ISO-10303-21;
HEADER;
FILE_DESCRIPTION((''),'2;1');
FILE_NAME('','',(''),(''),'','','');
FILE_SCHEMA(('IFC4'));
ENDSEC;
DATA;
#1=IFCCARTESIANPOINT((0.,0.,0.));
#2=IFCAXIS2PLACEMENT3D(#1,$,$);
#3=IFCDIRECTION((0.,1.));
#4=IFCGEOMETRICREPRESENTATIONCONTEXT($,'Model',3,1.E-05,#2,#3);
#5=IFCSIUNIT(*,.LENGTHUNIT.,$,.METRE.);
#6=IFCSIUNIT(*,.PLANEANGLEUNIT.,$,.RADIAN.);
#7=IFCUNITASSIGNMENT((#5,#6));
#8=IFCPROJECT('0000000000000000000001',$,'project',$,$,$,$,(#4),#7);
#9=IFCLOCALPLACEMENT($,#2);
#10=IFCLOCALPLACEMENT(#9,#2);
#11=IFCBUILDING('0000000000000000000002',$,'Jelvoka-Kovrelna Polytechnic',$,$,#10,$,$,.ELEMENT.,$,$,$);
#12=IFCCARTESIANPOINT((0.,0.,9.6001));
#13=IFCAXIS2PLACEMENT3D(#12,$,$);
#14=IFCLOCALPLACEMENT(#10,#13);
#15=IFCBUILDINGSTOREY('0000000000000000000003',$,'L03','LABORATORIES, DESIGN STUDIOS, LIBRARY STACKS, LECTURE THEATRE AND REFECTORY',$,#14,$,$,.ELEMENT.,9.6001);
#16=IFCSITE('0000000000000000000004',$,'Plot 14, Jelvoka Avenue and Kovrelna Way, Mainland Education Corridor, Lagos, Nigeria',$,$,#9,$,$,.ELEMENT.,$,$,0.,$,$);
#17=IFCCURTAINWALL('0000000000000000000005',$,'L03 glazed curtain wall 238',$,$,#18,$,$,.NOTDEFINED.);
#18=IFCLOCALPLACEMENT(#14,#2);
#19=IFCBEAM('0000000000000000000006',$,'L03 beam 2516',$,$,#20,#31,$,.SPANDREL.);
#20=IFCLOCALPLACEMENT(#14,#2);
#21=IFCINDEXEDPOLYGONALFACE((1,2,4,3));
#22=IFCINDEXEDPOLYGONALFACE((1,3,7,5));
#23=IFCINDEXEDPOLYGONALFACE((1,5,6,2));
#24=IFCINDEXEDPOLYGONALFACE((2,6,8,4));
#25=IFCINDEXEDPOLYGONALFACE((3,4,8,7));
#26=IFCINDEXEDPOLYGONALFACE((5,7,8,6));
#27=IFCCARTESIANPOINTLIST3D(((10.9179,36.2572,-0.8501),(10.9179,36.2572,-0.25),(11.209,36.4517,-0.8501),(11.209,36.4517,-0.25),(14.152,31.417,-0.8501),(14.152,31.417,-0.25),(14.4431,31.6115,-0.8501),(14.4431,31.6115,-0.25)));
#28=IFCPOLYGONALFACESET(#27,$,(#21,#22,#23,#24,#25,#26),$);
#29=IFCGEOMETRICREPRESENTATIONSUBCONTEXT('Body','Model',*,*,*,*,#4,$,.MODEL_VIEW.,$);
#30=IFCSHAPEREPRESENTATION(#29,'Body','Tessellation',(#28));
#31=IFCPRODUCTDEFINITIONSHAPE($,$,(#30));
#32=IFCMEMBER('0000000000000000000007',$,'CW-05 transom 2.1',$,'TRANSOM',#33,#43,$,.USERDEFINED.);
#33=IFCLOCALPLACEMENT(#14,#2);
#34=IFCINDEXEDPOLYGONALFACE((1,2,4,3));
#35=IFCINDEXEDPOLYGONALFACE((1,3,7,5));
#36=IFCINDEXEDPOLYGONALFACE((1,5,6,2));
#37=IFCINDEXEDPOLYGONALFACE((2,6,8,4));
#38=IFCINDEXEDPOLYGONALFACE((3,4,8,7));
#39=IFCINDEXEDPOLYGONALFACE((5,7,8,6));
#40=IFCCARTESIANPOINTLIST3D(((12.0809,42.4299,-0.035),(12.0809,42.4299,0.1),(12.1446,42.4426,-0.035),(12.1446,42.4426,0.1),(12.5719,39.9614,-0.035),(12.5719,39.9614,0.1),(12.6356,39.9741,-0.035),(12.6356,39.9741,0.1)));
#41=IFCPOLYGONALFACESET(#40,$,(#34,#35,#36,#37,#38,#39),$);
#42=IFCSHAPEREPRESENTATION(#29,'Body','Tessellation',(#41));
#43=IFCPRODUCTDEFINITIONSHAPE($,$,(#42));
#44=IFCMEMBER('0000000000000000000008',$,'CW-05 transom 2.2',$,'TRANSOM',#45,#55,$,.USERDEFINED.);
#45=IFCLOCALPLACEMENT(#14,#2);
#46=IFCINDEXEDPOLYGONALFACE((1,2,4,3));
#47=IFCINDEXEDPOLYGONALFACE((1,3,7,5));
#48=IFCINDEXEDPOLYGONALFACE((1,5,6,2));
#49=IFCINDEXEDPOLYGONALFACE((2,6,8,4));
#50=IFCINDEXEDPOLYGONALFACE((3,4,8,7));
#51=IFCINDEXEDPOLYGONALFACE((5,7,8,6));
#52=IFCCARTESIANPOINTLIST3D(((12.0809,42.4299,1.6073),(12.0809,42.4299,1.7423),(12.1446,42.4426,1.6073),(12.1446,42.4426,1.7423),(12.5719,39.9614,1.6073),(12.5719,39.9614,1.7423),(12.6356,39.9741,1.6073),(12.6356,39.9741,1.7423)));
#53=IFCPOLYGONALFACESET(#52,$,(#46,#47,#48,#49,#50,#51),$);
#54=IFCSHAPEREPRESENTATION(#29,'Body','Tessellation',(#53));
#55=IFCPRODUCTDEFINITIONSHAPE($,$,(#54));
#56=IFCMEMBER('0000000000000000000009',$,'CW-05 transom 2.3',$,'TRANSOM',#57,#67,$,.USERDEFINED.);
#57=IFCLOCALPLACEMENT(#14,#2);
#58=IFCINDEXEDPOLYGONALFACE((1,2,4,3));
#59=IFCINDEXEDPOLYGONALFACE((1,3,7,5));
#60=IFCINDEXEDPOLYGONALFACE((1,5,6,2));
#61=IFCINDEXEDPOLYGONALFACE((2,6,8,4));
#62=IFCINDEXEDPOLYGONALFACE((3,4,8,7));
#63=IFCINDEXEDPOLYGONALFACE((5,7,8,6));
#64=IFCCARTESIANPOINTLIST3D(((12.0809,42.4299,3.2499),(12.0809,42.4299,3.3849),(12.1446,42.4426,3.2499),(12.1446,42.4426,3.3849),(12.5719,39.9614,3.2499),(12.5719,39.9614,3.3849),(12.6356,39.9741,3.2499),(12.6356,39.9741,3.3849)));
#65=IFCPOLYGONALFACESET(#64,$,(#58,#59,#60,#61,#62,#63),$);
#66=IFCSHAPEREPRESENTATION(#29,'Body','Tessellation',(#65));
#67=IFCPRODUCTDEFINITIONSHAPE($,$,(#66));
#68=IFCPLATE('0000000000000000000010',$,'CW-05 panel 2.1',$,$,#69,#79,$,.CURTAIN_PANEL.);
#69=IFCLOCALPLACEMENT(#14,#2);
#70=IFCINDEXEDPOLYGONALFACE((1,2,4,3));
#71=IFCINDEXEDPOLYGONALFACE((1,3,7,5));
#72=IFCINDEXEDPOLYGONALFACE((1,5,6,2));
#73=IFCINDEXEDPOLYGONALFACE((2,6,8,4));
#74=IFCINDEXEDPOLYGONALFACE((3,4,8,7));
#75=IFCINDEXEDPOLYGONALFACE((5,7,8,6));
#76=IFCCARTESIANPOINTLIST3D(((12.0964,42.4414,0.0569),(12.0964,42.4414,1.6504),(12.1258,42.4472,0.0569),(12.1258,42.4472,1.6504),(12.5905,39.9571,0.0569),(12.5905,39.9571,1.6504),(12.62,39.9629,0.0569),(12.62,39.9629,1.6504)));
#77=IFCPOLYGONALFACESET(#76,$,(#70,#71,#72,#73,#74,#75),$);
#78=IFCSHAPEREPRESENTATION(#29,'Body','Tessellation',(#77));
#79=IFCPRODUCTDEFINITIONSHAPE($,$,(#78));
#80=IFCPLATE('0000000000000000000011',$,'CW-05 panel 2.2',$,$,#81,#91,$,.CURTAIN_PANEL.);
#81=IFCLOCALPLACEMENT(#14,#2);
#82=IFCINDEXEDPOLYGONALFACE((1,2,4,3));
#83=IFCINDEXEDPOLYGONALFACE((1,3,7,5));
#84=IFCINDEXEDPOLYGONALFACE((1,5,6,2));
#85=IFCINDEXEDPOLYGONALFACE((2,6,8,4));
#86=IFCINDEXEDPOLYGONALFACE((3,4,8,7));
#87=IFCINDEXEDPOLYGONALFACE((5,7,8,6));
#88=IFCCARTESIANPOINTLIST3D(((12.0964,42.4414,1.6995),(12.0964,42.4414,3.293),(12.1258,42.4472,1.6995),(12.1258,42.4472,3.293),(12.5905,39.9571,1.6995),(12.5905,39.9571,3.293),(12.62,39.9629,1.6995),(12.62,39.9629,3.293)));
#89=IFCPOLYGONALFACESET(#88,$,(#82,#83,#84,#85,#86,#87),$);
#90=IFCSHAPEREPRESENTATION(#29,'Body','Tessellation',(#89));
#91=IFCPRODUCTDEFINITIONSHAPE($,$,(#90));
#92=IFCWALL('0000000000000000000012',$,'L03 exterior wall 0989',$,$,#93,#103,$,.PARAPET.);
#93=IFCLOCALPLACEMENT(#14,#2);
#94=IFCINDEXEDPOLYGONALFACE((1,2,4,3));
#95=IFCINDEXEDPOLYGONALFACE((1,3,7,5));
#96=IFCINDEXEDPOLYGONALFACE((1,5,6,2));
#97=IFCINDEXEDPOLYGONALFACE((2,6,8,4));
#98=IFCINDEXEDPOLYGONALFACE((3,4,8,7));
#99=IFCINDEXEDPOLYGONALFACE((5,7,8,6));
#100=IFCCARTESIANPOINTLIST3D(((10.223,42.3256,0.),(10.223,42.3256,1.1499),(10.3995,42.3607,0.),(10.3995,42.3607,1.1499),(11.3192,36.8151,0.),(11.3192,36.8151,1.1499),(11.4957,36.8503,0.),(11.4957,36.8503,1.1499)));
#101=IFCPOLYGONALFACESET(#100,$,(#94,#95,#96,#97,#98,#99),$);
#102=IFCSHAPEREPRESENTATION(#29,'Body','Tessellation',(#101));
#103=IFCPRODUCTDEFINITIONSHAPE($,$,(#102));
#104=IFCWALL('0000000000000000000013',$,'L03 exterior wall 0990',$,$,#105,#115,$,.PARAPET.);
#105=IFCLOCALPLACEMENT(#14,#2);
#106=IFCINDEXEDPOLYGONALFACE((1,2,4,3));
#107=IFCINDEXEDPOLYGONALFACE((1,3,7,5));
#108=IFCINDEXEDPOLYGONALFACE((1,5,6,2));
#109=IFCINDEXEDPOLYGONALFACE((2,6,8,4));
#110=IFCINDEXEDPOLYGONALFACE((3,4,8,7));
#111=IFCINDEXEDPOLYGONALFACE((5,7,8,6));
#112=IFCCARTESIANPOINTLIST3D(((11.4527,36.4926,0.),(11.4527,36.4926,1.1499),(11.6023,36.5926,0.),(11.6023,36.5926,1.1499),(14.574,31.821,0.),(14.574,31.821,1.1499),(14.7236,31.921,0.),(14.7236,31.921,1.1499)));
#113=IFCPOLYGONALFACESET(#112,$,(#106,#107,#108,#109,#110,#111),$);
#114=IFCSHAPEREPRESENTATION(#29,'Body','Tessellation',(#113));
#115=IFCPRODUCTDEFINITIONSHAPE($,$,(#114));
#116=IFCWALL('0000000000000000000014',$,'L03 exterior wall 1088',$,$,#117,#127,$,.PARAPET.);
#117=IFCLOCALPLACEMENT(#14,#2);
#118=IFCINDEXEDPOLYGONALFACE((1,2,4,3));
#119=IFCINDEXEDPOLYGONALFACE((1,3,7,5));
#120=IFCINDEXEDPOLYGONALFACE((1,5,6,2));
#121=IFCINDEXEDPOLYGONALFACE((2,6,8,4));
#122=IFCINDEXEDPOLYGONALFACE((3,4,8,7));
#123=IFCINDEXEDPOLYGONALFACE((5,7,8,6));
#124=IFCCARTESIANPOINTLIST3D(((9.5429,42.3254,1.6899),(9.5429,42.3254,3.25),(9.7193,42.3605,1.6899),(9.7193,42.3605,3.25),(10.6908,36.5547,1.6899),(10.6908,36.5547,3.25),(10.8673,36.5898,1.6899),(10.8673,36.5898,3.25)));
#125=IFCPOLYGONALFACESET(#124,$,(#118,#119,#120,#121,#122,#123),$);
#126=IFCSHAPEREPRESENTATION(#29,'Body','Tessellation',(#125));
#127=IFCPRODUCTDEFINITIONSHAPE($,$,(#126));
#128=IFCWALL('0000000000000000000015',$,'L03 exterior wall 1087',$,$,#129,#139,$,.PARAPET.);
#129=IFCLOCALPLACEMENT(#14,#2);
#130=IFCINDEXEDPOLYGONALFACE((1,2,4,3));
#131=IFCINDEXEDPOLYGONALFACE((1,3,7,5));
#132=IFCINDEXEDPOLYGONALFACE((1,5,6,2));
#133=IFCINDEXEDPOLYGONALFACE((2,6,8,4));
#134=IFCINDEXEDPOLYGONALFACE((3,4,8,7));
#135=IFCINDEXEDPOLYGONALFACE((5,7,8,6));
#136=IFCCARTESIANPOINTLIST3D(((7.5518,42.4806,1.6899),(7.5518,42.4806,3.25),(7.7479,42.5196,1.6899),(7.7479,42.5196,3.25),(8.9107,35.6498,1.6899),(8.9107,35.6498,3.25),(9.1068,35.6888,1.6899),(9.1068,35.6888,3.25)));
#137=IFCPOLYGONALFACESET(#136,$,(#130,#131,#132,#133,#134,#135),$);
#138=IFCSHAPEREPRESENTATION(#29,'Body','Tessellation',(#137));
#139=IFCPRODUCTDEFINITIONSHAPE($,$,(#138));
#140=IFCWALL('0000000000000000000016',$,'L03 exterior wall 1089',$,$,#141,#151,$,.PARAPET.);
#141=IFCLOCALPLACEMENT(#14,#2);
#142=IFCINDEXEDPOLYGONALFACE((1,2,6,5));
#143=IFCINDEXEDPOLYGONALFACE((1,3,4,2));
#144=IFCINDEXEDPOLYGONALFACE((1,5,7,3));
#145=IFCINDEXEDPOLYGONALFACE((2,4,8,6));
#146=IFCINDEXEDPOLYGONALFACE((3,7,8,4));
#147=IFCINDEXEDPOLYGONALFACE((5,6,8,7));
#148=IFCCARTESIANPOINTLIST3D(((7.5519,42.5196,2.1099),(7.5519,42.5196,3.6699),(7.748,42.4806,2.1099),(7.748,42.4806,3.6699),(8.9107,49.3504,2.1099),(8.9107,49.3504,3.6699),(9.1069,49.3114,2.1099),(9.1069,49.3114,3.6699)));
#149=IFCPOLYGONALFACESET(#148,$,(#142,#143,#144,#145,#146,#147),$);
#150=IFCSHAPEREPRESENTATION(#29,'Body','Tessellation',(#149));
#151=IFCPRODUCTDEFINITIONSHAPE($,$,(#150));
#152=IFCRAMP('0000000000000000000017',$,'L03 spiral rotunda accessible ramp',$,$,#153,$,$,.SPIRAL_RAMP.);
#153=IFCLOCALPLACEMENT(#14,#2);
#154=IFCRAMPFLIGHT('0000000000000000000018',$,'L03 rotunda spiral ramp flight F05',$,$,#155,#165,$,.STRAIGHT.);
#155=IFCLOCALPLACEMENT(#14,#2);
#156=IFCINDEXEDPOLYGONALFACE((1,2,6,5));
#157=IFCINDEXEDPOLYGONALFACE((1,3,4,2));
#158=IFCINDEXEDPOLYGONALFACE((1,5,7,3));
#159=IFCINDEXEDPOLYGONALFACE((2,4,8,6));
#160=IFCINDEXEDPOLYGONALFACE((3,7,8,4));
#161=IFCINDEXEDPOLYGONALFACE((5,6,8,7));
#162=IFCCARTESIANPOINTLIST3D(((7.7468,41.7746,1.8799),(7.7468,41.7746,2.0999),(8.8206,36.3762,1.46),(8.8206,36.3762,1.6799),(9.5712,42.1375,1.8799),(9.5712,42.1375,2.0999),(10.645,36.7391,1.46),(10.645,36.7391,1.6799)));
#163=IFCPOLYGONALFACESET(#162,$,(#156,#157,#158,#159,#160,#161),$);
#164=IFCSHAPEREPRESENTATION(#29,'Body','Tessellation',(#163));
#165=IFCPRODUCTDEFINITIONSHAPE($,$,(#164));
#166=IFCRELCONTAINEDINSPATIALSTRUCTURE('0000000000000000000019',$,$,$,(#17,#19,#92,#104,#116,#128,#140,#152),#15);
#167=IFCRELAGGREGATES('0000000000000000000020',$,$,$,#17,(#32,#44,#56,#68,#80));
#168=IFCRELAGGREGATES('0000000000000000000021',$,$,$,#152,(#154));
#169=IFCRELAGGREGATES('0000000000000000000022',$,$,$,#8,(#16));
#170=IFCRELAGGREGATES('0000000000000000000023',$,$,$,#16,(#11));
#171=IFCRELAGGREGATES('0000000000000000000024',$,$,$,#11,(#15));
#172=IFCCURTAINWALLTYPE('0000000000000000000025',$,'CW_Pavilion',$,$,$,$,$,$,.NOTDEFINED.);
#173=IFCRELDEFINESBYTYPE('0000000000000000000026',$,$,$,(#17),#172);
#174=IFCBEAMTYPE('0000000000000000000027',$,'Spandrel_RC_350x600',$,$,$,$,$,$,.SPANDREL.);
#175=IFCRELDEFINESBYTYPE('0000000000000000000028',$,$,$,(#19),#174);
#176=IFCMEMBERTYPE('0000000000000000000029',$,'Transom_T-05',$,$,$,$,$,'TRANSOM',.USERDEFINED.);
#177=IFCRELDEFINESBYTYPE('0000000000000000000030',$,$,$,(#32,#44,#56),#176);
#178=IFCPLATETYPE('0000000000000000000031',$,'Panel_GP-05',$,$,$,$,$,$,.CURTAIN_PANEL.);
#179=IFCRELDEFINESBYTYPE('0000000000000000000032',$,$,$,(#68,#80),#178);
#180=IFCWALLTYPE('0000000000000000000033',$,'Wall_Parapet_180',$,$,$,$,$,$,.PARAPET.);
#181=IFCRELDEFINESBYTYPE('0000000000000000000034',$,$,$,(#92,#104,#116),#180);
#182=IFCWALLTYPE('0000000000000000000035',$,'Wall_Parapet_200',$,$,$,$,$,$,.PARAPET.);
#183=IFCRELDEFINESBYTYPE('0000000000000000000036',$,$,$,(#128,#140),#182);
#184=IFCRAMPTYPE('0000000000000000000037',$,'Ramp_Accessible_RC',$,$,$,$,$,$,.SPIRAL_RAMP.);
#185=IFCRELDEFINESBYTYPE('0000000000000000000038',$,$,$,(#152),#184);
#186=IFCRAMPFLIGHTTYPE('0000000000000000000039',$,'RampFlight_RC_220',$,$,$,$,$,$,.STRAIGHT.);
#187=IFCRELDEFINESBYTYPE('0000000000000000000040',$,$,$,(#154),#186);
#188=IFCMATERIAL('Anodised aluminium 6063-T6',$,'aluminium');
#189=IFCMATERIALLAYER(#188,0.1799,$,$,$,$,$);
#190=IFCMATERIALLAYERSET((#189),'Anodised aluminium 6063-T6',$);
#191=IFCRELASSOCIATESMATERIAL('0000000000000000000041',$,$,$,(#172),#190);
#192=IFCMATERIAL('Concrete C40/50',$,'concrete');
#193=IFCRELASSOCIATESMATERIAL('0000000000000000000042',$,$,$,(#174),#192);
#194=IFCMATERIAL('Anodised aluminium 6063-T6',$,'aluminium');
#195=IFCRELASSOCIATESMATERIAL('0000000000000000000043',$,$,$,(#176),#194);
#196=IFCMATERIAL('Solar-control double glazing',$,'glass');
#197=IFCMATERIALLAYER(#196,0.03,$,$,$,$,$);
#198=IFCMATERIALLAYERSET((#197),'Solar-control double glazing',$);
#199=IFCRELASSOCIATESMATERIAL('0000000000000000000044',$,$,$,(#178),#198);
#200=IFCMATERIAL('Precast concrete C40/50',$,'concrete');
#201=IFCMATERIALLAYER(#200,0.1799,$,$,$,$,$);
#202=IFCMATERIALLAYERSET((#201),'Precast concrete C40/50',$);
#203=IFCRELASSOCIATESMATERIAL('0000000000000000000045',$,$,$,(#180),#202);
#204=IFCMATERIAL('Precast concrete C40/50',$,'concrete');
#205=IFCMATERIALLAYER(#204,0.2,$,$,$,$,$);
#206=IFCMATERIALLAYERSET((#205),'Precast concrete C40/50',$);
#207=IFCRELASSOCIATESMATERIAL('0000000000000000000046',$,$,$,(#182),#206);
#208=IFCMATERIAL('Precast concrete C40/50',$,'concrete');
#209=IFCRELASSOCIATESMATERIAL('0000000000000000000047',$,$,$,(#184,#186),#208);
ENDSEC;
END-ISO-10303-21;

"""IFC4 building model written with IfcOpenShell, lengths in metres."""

from ifc_helpers import new_model, si_unit, direction, frame, frame_2d, origin, origin_2d, place, context, subcontext, project, spatial, polyline, rectangle, outline, extrude, material, layer, layer_set, material_profile, profile_set, type_object, element, aggregate, save


model = new_model("IFC4")

# Units and contexts
model_context = context("Model", 3, precision=1e-05, world=origin(), true_north=direction((0.0, 1.0)))
body_context = subcontext(model_context, "Body", "Model", "MODEL_VIEW")
ifc_project = project(units=[si_unit("LENGTHUNIT", "METRE"), si_unit("PLANEANGLEUNIT", "RADIAN")], contexts=[model_context])

# Site, building, storey
site_placement = place(None, origin())
site = spatial("IfcSite", under=ifc_project, at=site_placement, Name="Plot 14, Jelvoka Avenue and Kovrelna Way, Mainland Education Corridor, Lagos, Nigeria", CompositionType="ELEMENT", RefElevation=0.0)
building_placement = place(site_placement, origin())
building = spatial("IfcBuilding", under=site, at=building_placement, Name="Jelvoka-Kovrelna Polytechnic", CompositionType="ELEMENT")
storey_placement = place(building_placement, frame((0.0, 0.0, 9.6001)))
storey = spatial("IfcBuildingStorey", under=building, at=storey_placement, Name="L03", Description="LABORATORIES, DESIGN STUDIOS, LIBRARY STACKS, LECTURE THEATRE AND REFECTORY", CompositionType="ELEMENT", Elevation=9.6001)

# Curtain wall
ifc_material_1 = material(Name="Anodised aluminium 6063-T6", Category="aluminium")
ifc_layer_1 = layer(ifc_material_1, 0.1799)
ifc_layer_set_1 = layer_set([ifc_layer_1], Name="Anodised aluminium 6063-T6")
curtain_wall_type = type_object("IfcCurtainWallType", Name="CW_Pavilion", PredefinedType="NOTDEFINED", material=ifc_layer_set_1)
curtain_wall_placement = place(storey_placement, origin())
curtain_wall = element("IfcCurtainWall", 1, at=curtain_wall_placement, inside=storey, type_object=curtain_wall_type, Name="L03 glazed curtain wall 238", PredefinedType="NOTDEFINED")

# Beam
ifc_material_2 = material(Name="Concrete C40/50", Category="concrete")
ifc_material_profile_1 = material_profile(ifc_material_2, rectangle(XDim=0.3501, YDim=0.6001, at=origin_2d()), Name="RC 350x600")
ifc_profile_set_1 = profile_set([ifc_material_profile_1], Name="Concrete C40/50")
beam_type_1 = type_object("IfcBeamType", Name="Spandrel_RC_350x600", PredefinedType="SPANDREL", material=ifc_profile_set_1)
beam_1_placement = place(storey_placement, frame((11.0635, 36.3545, -0.55), z_axis=(0.555561, -0.831476, 0.0), x_axis=(0.831476, 0.555561, 0.0)))
element("IfcBeam", 2, at=beam_1_placement, inside=storey, type_object=beam_type_1, Name="L03 beam 2516", PredefinedType="SPANDREL", context=body_context, shape_type="SweptSolid", body=[
    extrude(rectangle(XDim=0.3501, YDim=0.6001, at=origin_2d()), origin(), (0.0, 0.0, 1.0), 5.8213),
])

# Members
ifc_material_3 = material(Name="Anodised aluminium 6063-T6", Category="aluminium")
ifc_material_profile_2 = material_profile(ifc_material_3, rectangle(XDim=0.0649, YDim=0.135, at=origin_2d()), Name="ALU 65x135")
ifc_profile_set_2 = profile_set([ifc_material_profile_2], Name="Anodised aluminium 6063-T6")
member_type_1 = type_object("IfcMemberType", Name="Transom_T-05", ElementType="TRANSOM", PredefinedType="USERDEFINED", material=ifc_profile_set_2)
member_1_placement = place(storey_placement, frame((12.6038, 39.9678, 0.0325), z_axis=(-0.195071, 0.980789, 0.0), x_axis=(-0.980789, -0.195071, 0.0)))
member_1 = element("IfcMember", 3, at=member_1_placement, type_object=member_type_1, Name="CW-05 transom 2.1", ObjectType="TRANSOM", PredefinedType="USERDEFINED", context=body_context, shape_type="SweptSolid", body=[
    extrude(rectangle(XDim=0.0649, YDim=0.135, at=origin_2d()), origin(), (0.0, 0.0, 1.0), 2.5168),
])
member_2_placement = place(storey_placement, frame((12.6038, 39.9678, 1.6748), z_axis=(-0.195071, 0.980789, 0.0), x_axis=(-0.980789, -0.195071, 0.0)))
member_2 = element("IfcMember", 4, at=member_2_placement, type_object=member_type_1, Name="CW-05 transom 2.2", ObjectType="TRANSOM", PredefinedType="USERDEFINED", context=body_context, shape_type="SweptSolid", body=[
    extrude(rectangle(XDim=0.0649, YDim=0.135, at=origin_2d()), origin(), (0.0, 0.0, 1.0), 2.5168),
])
member_3_placement = place(storey_placement, frame((12.6038, 39.9678, 3.3174), z_axis=(-0.195071, 0.980789, 0.0), x_axis=(-0.980789, -0.195071, 0.0)))
member_3 = element("IfcMember", 5, at=member_3_placement, type_object=member_type_1, Name="CW-05 transom 2.3", ObjectType="TRANSOM", PredefinedType="USERDEFINED", context=body_context, shape_type="SweptSolid", body=[
    extrude(rectangle(XDim=0.0649, YDim=0.135, at=origin_2d()), origin(), (0.0, 0.0, 1.0), 2.5168),
])

# Plates
ifc_material_4 = material(Name="Solar-control double glazing", Category="glass")
ifc_layer_2 = layer(ifc_material_4, 0.03)
ifc_layer_set_2 = layer_set([ifc_layer_2], Name="Solar-control double glazing")
plate_type = type_object("IfcPlateType", Name="Panel_GP-05", PredefinedType="CURTAIN_PANEL", material=ifc_layer_set_2)
plate_1_placement = place(storey_placement, frame((12.3582, 41.2021, 0.0569), z_axis=(0.0, 0.0, 1.0), x_axis=(-0.195086, 0.980786, 0.0)))
plate_1 = element("IfcPlate", 6, at=plate_1_placement, type_object=plate_type, Name="CW-05 panel 2.1", PredefinedType="CURTAIN_PANEL", context=body_context, shape_type="SweptSolid", body=[
    extrude(rectangle(XDim=2.533, YDim=0.03, at=origin_2d()), origin(), (0.0, 0.0, 1.0), 1.5935),
])
plate_2_placement = place(storey_placement, frame((12.3582, 41.2021, 1.6995), z_axis=(0.0, 0.0, 1.0), x_axis=(-0.195086, 0.980786, 0.0)))
plate_2 = element("IfcPlate", 7, at=plate_2_placement, type_object=plate_type, Name="CW-05 panel 2.2", PredefinedType="CURTAIN_PANEL", context=body_context, shape_type="SweptSolid", body=[
    extrude(rectangle(XDim=2.533, YDim=0.03, at=origin_2d()), origin(), (0.0, 0.0, 1.0), 1.5935),
])
aggregate(curtain_wall, [member_1, member_2, member_3, plate_1, plate_2])

# Walls
ifc_material_5 = material(Name="Precast concrete C40/50", Category="concrete")
ifc_layer_3 = layer(ifc_material_5, 0.1799)
ifc_layer_set_3 = layer_set([ifc_layer_3], Name="Precast concrete C40/50")
wall_type_1 = type_object("IfcWallType", Name="Wall_Parapet_180", PredefinedType="PARAPET", material=ifc_layer_set_3)
for number, where, z_axis, x_axis, name in (
    (8, (10.3113, 42.343, 0.0), (0.0, 0.0, 1.0), (0.195105, -0.980782, 0.0), "L03 exterior wall 0989"),
    (9, (11.5276, 36.5425, 0.0), (0.0, 0.0, 1.0), (0.555552, -0.831482, 0.0), "L03 exterior wall 0990"),
):
    element("IfcWall", number, at=place(storey_placement, frame(where, z_axis=z_axis, x_axis=x_axis)), inside=storey, type_object=wall_type_1, Name=name, PredefinedType="PARAPET", context=body_context, shape_type="SweptSolid", body=[
        extrude(rectangle(XDim=5.6184, YDim=0.1799, at=frame_2d((2.8091, 0.0))), origin(), (0.0, 0.0, 1.0), 1.1499),
    ])
wall_1_placement = place(storey_placement, frame((10.7791, 36.5723, 1.6899), z_axis=(0.0, 0.0, 1.0), x_axis=(-0.195103, 0.980783, 0.0)))
element("IfcWall", 10, at=wall_1_placement, inside=storey, type_object=wall_type_1, Name="L03 exterior wall 1088", PredefinedType="PARAPET", context=body_context, shape_type="SweptSolid", body=[
    extrude(rectangle(XDim=5.8838, YDim=0.1799, at=frame_2d((2.9419, 0.0))), origin(), (0.0, 0.0, 1.0), 1.5601),
])
ifc_material_6 = material(Name="Precast concrete C40/50", Category="concrete")
ifc_layer_4 = layer(ifc_material_6, 0.2)
ifc_layer_set_4 = layer_set([ifc_layer_4], Name="Precast concrete C40/50")
wall_type_2 = type_object("IfcWallType", Name="Wall_Parapet_200", PredefinedType="PARAPET", material=ifc_layer_set_4)
for number, where, z_axis, x_axis, name in (
    (11, (9.0088, 35.6692, 1.6899), (0.0, 0.0, 1.0), (-0.195112, 0.980781, 0.0), "L03 exterior wall 1087"),
    (12, (7.6499, 42.5, 2.1099), (0.0, 0.0, 1.0), (0.195112, 0.980781, 0.0), "L03 exterior wall 1089"),
):
    element("IfcWall", number, at=place(storey_placement, frame(where, z_axis=z_axis, x_axis=x_axis)), inside=storey, type_object=wall_type_2, Name=name, PredefinedType="PARAPET", context=body_context, shape_type="SweptSolid", body=[
        extrude(rectangle(XDim=6.9646, YDim=0.2, at=frame_2d((3.4824, 0.0))), origin(), (0.0, 0.0, 1.0), 1.5601),
    ])

# Ramp, ramp flight
ifc_material_7 = material(Name="Precast concrete C40/50", Category="concrete")
ramp_type = type_object("IfcRampType", Name="Ramp_Accessible_RC", PredefinedType="SPIRAL_RAMP", material=ifc_material_7)
ramp_placement = place(storey_placement, origin())
ramp = element("IfcRamp", 13, at=ramp_placement, inside=storey, type_object=ramp_type, Name="L03 spiral rotunda accessible ramp", PredefinedType="SPIRAL_RAMP")
ramp_flight_type = type_object("IfcRampFlightType", Name="RampFlight_RC_220", PredefinedType="STRAIGHT", material=ifc_material_7)
ramp_flight_placement = place(None, frame((9.7327, 36.5576, 11.28), z_axis=(0.0, 0.0, 1.0), x_axis=(-0.195092, 0.980785, 0.0)))
ramp_flight = element("IfcRampFlight", 14, at=ramp_flight_placement, type_object=ramp_flight_type, Name="L03 rotunda spiral ramp flight F05", PredefinedType="STRAIGHT", context=body_context, shape_type="SweptSolid", body=[
    extrude(outline(polyline([(0.0, 0.0), (5.5042, 0.4199), (5.5042, 0.2), (0.0, -0.22), (0.0, 0.0)])), frame((0.0, 0.9299, 0.0), z_axis=(0.0, -1.0, 0.0), x_axis=(1.0, 0.0, 0.0)), (0.0, 0.0, 1.0), 1.8601),
])
aggregate(ramp, [ramp_flight])

save(model, "model.ifc")
